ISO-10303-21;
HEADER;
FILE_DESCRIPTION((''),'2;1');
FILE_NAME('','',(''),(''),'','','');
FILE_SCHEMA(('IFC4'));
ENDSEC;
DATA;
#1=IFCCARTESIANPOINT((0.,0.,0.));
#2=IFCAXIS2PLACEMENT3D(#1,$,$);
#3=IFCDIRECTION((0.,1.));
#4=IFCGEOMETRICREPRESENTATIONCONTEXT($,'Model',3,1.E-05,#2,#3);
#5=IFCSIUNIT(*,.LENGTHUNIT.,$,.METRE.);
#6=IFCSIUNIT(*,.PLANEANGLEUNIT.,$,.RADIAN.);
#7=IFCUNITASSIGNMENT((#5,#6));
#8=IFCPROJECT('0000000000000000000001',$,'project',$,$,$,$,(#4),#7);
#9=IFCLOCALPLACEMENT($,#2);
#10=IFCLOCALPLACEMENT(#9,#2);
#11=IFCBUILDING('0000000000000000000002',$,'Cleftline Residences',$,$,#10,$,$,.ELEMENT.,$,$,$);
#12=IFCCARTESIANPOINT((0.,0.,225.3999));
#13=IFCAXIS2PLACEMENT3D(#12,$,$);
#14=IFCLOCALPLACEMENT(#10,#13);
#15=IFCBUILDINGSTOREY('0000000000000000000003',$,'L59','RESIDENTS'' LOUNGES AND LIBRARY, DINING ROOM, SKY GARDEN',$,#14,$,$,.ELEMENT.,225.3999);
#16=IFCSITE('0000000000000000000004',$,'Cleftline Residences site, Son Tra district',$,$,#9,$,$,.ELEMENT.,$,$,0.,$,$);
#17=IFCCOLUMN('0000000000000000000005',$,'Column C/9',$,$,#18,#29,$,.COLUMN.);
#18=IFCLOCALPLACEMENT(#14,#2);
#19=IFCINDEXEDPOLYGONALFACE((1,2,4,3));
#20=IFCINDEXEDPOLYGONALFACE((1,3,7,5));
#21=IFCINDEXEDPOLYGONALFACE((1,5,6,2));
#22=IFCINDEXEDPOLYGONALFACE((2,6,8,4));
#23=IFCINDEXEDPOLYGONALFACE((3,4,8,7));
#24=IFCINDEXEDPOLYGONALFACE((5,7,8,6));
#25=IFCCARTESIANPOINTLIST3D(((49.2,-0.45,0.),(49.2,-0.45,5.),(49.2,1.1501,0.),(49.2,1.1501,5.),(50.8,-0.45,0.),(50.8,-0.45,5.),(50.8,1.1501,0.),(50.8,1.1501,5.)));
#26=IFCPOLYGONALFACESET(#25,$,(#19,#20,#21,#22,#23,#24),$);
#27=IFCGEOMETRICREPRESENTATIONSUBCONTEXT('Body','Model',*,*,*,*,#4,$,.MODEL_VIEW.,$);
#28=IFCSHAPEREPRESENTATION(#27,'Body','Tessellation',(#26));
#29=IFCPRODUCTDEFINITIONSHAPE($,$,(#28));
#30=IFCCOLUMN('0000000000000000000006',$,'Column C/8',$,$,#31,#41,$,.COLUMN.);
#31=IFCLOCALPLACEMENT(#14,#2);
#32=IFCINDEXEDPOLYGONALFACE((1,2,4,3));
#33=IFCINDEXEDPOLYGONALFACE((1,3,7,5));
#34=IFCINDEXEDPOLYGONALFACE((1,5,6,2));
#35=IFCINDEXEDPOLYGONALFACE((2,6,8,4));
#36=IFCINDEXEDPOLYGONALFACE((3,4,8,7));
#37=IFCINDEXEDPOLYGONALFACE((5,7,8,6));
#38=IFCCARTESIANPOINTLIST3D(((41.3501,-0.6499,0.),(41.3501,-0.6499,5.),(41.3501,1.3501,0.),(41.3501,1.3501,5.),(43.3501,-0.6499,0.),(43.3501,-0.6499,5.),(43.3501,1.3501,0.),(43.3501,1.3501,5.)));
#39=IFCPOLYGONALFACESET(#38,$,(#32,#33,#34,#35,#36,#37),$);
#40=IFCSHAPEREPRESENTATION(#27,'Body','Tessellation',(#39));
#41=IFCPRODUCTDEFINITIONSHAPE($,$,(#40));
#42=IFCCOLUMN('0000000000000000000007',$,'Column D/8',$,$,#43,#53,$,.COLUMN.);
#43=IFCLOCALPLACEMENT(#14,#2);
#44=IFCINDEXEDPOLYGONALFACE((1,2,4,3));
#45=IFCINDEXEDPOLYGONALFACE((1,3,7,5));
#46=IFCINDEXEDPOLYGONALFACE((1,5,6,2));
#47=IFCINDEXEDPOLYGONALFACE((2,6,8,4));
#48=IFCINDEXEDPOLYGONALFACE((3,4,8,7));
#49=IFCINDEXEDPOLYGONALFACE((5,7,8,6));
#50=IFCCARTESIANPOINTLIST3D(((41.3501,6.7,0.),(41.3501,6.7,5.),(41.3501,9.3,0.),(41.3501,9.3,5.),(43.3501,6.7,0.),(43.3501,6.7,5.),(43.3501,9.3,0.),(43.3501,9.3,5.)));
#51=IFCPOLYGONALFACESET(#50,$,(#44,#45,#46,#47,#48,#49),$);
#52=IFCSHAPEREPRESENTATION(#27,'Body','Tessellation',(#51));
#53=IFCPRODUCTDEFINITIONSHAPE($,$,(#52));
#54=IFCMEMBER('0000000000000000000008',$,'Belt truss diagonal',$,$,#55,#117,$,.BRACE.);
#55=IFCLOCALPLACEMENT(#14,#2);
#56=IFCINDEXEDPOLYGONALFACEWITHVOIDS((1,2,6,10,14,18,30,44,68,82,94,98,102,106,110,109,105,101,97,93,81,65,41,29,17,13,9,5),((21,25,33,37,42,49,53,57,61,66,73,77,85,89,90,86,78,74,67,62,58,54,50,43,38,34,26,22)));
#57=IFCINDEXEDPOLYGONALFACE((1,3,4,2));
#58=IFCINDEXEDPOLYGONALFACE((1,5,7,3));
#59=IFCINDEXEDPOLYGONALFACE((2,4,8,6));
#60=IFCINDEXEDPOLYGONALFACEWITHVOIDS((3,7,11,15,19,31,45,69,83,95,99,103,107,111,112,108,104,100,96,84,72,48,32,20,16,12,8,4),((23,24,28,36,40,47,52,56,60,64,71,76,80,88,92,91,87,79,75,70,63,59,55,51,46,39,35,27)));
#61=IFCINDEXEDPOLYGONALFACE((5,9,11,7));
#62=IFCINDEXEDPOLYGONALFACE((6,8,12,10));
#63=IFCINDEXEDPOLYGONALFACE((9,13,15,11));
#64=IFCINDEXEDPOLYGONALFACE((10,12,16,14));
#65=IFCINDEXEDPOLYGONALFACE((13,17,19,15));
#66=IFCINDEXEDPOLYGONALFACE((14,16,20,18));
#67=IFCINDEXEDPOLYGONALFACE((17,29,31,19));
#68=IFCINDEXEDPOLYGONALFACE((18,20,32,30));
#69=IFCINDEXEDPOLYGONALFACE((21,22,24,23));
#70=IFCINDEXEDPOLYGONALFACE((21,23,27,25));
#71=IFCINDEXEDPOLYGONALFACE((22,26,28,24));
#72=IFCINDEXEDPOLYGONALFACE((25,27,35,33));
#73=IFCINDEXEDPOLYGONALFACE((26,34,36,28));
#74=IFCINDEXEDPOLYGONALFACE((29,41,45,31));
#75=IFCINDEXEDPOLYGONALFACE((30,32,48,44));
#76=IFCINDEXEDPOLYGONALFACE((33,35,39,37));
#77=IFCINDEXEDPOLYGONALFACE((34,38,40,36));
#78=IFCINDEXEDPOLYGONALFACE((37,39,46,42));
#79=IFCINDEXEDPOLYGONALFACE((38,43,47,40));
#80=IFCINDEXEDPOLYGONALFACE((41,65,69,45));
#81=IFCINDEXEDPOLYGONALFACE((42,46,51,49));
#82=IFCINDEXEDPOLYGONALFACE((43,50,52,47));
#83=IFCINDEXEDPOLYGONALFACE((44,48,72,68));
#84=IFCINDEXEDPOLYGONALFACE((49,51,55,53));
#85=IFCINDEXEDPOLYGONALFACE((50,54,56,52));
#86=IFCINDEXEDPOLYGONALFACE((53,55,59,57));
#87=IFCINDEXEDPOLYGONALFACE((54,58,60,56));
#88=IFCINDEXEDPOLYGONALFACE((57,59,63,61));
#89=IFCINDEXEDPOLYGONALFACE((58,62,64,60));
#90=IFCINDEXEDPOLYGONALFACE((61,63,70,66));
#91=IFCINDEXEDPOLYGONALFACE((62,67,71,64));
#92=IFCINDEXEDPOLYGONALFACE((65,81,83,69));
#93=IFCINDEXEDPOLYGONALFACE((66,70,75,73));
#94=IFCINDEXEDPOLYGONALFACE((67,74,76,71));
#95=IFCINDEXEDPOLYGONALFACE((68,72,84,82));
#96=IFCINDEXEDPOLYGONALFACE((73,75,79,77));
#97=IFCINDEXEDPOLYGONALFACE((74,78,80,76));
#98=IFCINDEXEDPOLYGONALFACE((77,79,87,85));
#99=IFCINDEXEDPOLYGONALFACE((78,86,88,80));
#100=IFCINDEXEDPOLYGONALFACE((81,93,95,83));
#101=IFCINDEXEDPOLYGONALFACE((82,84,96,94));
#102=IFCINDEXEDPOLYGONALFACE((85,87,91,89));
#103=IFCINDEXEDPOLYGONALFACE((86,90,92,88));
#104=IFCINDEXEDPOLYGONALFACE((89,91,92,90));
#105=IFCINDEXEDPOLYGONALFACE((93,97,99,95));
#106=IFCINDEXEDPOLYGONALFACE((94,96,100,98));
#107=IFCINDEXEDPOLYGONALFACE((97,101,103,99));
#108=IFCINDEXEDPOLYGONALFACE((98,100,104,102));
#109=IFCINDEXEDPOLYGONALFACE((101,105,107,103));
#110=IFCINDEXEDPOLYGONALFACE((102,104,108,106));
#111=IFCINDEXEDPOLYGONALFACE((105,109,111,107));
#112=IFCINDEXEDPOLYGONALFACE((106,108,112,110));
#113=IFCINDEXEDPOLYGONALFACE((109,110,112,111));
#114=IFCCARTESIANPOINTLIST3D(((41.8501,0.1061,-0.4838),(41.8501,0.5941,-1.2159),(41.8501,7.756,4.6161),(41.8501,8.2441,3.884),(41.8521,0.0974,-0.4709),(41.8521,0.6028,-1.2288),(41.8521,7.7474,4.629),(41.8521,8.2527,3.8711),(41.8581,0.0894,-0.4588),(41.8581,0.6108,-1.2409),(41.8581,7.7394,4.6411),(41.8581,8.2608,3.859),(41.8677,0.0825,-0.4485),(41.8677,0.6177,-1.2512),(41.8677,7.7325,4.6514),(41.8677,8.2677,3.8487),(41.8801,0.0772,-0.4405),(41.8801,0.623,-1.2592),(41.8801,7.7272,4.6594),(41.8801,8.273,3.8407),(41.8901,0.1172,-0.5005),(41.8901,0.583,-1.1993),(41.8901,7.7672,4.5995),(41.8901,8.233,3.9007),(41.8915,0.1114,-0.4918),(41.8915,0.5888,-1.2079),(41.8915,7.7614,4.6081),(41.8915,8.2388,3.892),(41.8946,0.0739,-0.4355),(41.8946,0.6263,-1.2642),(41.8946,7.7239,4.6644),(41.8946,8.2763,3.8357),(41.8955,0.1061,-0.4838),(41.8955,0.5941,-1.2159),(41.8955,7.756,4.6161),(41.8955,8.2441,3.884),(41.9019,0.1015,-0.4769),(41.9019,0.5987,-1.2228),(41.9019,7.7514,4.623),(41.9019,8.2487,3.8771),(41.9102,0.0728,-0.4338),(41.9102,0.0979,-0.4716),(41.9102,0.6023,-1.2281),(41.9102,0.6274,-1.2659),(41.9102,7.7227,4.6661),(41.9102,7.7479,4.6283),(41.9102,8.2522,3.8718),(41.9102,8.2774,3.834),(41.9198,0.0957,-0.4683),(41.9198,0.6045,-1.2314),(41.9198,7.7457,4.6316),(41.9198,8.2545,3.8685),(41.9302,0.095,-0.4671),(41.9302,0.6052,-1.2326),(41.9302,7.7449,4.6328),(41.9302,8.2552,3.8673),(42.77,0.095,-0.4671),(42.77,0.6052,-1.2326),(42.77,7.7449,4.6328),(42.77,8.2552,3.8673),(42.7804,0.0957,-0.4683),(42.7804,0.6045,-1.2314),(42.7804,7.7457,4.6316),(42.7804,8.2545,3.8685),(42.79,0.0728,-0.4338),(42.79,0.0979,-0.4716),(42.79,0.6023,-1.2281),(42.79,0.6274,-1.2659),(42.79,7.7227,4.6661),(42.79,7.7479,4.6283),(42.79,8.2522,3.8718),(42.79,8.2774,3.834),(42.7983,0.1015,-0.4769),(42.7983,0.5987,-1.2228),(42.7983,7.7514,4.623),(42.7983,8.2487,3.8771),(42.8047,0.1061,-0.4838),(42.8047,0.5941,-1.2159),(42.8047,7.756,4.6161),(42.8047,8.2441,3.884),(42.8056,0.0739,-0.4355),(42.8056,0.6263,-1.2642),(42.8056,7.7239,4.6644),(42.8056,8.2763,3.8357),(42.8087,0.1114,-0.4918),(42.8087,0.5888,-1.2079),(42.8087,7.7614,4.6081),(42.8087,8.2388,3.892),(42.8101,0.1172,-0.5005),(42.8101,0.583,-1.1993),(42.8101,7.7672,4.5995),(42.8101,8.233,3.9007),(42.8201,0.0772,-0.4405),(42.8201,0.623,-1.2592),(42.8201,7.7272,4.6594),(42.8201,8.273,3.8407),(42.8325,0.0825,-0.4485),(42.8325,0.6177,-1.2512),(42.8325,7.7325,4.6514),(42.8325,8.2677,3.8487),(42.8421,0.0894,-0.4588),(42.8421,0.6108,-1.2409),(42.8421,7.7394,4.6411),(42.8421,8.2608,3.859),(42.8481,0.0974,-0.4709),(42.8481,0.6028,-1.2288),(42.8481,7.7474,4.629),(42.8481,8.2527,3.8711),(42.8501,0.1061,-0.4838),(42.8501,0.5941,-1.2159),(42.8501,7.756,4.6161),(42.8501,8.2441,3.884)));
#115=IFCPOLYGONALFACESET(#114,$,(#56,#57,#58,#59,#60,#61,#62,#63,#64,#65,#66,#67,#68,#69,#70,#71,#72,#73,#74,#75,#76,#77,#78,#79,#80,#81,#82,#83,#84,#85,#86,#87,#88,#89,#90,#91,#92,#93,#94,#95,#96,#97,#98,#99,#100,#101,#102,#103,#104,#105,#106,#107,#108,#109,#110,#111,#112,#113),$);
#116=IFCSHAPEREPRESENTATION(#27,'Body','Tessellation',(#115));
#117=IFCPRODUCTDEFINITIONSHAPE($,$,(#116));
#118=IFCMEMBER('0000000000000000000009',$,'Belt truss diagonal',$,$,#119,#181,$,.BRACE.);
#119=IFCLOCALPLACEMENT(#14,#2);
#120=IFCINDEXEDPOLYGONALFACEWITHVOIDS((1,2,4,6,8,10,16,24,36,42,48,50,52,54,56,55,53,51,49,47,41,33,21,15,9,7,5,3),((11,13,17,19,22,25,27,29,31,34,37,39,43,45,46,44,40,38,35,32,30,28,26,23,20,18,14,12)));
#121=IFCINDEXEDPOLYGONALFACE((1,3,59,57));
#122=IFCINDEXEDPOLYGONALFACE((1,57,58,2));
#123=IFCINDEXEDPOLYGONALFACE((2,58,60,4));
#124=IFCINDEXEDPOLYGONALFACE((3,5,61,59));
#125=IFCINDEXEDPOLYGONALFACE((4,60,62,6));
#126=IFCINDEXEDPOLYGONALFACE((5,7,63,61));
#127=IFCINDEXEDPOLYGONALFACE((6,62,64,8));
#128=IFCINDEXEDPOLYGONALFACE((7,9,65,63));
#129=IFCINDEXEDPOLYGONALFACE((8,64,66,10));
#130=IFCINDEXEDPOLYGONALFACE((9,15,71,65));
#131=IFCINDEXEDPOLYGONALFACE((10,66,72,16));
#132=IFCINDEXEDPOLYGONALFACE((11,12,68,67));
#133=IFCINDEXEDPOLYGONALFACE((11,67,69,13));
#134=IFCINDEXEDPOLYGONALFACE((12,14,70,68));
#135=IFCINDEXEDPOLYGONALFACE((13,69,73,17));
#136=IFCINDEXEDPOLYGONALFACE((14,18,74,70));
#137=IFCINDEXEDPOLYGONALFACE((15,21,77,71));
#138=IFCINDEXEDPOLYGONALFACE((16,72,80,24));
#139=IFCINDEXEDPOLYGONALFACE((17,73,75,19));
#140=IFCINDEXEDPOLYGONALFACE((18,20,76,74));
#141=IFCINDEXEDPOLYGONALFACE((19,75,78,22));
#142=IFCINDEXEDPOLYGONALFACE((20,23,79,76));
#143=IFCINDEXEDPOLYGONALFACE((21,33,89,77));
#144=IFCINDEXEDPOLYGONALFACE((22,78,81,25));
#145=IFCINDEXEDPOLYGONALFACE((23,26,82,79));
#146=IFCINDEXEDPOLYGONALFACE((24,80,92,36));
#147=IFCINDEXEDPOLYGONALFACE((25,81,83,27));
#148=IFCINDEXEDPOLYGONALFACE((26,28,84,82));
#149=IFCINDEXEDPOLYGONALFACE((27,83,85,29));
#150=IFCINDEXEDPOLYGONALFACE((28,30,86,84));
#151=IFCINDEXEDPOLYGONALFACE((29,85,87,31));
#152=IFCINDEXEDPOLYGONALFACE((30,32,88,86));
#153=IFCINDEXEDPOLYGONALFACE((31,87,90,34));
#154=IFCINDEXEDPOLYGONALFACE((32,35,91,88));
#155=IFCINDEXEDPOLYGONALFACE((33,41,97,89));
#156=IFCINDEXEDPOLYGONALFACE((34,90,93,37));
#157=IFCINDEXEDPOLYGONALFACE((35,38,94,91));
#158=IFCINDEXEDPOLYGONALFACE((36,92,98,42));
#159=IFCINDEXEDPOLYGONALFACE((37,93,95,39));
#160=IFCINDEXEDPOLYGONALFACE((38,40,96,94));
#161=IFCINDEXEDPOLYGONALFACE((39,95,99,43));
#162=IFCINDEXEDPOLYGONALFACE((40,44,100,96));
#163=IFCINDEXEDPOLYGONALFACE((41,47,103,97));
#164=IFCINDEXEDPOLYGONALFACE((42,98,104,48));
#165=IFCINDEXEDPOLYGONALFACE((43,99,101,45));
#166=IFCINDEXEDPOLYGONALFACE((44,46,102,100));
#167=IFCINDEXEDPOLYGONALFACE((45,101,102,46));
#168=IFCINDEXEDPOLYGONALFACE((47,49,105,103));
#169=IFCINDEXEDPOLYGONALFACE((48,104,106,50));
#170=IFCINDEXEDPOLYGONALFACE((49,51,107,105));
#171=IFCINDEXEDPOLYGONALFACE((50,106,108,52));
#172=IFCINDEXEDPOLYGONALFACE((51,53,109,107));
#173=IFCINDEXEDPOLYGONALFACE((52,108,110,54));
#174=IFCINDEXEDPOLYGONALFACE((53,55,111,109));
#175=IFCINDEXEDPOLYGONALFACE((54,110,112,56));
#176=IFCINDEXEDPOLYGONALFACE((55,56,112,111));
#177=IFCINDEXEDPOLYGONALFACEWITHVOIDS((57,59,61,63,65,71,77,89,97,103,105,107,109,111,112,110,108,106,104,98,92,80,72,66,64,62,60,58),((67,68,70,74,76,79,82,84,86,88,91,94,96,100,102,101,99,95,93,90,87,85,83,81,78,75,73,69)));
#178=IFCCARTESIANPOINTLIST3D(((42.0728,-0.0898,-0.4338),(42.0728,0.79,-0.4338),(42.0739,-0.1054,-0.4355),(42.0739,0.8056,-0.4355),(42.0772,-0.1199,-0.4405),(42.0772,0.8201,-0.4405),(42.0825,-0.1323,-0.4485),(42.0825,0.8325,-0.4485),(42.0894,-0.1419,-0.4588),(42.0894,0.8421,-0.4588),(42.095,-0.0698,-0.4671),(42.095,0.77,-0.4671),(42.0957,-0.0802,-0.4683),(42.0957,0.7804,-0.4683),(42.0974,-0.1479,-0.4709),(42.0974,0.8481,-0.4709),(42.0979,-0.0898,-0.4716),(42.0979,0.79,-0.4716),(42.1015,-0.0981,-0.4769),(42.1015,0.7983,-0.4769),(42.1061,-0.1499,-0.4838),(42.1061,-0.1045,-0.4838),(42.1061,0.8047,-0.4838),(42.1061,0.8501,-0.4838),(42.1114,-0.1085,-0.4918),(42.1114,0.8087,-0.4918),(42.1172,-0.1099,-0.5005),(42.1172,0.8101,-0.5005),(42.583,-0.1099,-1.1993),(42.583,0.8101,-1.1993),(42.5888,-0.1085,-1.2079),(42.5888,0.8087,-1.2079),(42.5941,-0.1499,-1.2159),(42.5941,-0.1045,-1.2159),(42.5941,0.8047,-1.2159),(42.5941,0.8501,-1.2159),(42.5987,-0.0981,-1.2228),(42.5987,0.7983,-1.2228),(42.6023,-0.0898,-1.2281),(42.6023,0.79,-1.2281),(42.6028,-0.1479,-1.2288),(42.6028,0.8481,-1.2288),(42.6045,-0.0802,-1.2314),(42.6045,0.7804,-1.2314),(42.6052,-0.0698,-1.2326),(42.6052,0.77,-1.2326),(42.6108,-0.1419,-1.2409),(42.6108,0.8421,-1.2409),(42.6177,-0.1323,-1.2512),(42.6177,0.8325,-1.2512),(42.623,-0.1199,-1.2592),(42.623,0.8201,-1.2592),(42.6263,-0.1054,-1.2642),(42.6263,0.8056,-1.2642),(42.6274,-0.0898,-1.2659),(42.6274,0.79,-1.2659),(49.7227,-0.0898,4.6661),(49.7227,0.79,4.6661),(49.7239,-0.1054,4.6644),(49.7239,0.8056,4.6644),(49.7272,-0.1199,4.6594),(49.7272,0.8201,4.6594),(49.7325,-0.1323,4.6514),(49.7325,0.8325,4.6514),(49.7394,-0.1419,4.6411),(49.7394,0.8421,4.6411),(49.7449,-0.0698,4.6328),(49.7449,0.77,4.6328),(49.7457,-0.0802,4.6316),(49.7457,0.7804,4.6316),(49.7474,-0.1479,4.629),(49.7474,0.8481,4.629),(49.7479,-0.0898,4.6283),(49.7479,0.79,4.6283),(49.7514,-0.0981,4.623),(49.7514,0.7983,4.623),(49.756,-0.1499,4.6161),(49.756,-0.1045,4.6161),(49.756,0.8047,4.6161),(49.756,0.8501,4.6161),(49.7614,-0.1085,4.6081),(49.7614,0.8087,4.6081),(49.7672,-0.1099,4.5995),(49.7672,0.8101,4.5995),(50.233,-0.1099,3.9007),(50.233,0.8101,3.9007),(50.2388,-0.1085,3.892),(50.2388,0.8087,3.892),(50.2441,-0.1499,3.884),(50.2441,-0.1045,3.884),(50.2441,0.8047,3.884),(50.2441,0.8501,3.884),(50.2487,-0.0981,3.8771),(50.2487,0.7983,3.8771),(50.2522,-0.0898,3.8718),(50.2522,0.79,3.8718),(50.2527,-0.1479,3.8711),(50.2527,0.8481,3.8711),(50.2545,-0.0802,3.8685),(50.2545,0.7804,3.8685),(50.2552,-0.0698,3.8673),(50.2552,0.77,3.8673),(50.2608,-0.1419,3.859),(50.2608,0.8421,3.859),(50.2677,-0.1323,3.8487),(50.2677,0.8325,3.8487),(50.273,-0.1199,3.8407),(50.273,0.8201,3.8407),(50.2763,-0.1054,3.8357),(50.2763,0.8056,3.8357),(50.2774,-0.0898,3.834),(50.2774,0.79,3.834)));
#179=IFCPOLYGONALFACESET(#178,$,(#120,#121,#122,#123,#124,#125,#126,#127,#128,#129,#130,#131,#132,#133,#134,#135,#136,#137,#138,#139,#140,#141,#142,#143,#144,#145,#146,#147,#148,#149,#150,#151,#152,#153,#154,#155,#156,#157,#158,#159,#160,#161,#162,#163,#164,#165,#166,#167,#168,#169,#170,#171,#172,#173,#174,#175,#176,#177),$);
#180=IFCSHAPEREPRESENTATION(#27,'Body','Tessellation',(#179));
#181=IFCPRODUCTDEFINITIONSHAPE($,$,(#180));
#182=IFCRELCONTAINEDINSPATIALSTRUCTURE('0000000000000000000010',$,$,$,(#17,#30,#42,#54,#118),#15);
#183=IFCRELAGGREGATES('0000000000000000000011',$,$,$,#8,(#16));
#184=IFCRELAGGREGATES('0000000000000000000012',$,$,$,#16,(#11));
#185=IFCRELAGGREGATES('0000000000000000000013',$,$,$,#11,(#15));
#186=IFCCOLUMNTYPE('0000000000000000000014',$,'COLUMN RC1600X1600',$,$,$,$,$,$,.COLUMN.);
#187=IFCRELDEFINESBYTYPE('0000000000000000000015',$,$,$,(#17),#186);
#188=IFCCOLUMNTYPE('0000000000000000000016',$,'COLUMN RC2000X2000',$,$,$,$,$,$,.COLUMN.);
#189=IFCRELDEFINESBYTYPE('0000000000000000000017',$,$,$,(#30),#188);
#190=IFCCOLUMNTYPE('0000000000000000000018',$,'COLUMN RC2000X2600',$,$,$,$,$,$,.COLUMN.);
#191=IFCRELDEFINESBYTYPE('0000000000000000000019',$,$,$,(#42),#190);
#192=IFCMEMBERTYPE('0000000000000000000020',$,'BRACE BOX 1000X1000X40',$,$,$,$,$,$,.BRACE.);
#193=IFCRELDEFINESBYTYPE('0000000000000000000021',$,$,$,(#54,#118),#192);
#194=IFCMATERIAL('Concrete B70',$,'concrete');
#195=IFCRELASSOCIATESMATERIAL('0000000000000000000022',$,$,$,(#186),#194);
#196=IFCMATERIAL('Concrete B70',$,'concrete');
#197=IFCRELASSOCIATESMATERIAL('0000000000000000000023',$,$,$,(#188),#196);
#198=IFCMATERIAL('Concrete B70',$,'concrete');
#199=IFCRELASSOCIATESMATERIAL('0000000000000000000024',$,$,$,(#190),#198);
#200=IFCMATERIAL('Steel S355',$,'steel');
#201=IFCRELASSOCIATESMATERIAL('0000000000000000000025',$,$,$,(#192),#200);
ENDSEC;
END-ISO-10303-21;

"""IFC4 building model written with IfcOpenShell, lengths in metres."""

from ifc_helpers import new_model, si_unit, direction, frame, origin, origin_2d, place, context, subcontext, project, spatial, rectangle, hollow_rectangle, extrude, material, material_profile, profile_set, type_object, element, save


model = new_model("IFC4")

# Units and contexts
model_context = context("Model", 3, precision=1e-05, world=origin(), true_north=direction((0.0, 1.0)))
body_context = subcontext(model_context, "Body", "Model", "MODEL_VIEW")
ifc_project = project(units=[si_unit("LENGTHUNIT", "METRE"), si_unit("PLANEANGLEUNIT", "RADIAN")], contexts=[model_context])

# Site, building, storey
site_placement = place(None, origin())
site = spatial("IfcSite", under=ifc_project, at=site_placement, Name="Cleftline Residences site, Son Tra district", CompositionType="ELEMENT", RefElevation=0.0)
building_placement = place(site_placement, origin())
building = spatial("IfcBuilding", under=site, at=building_placement, Name="Cleftline Residences", CompositionType="ELEMENT")
storey_placement = place(building_placement, frame((0.0, 0.0, 225.3999)))
storey = spatial("IfcBuildingStorey", under=building, at=storey_placement, Name="L59", Description="RESIDENTS' LOUNGES AND LIBRARY, DINING ROOM, SKY GARDEN", CompositionType="ELEMENT", Elevation=225.3999)

# Columns
ifc_material_1 = material(Name="Concrete B70", Category="concrete")
ifc_material_profile_1 = material_profile(ifc_material_1, rectangle(XDim=1.6001, YDim=1.6001, at=origin_2d()))
ifc_profile_set_1 = profile_set([ifc_material_profile_1], Name="Concrete B70")
column_type_1 = type_object("IfcColumnType", Name="COLUMN RC1600X1600", PredefinedType="COLUMN", material=ifc_profile_set_1)
column_1_placement = place(storey_placement, frame((50.0, 0.3501, 0.0), z_axis=(0.0, 0.0, 1.0), x_axis=(1.0, 0.0, 0.0)))
element("IfcColumn", 1, at=column_1_placement, inside=storey, type_object=column_type_1, Name="Column C/9", PredefinedType="COLUMN", context=body_context, shape_type="SweptSolid", body=[
    extrude(rectangle(XDim=1.6001, YDim=1.6001, at=origin_2d()), origin(), (0.0, 0.0, 1.0), 5.0),
])
ifc_material_2 = material(Name="Concrete B70", Category="concrete")
ifc_material_profile_2 = material_profile(ifc_material_2, rectangle(XDim=2.0, YDim=2.0, at=origin_2d()))
ifc_profile_set_2 = profile_set([ifc_material_profile_2], Name="Concrete B70")
column_type_2 = type_object("IfcColumnType", Name="COLUMN RC2000X2000", PredefinedType="COLUMN", material=ifc_profile_set_2)
column_2_placement = place(storey_placement, frame((42.3501, 0.3501, 0.0), z_axis=(0.0, 0.0, 1.0), x_axis=(1.0, 0.0, 0.0)))
element("IfcColumn", 2, at=column_2_placement, inside=storey, type_object=column_type_2, Name="Column C/8", PredefinedType="COLUMN", context=body_context, shape_type="SweptSolid", body=[
    extrude(rectangle(XDim=2.0, YDim=2.0, at=origin_2d()), origin(), (0.0, 0.0, 1.0), 5.0),
])
ifc_material_3 = material(Name="Concrete B70", Category="concrete")
ifc_material_profile_3 = material_profile(ifc_material_3, rectangle(XDim=2.0, YDim=2.6001, at=origin_2d()))
ifc_profile_set_3 = profile_set([ifc_material_profile_3], Name="Concrete B70")
column_type_3 = type_object("IfcColumnType", Name="COLUMN RC2000X2600", PredefinedType="COLUMN", material=ifc_profile_set_3)
column_3_placement = place(storey_placement, frame((42.3501, 8.0, 0.0), z_axis=(0.0, 0.0, 1.0), x_axis=(1.0, 0.0, 0.0)))
element("IfcColumn", 3, at=column_3_placement, inside=storey, type_object=column_type_3, Name="Column D/8", PredefinedType="COLUMN", context=body_context, shape_type="SweptSolid", body=[
    extrude(rectangle(XDim=2.0, YDim=2.6001, at=origin_2d()), origin(), (0.0, 0.0, 1.0), 5.0),
])

# Members
ifc_material_4 = material(Name="Steel S355", Category="steel")
ifc_material_profile_4 = material_profile(ifc_material_4, hollow_rectangle(XDim=1.0, YDim=1.0, WallThickness=0.04, InnerFilletRadius=0.04, OuterFilletRadius=0.0601, at=origin_2d()))
ifc_profile_set_4 = profile_set([ifc_material_profile_4], Name="Steel S355")
member_type_1 = type_object("IfcMemberType", Name="BRACE BOX 1000X1000X40", PredefinedType="BRACE", material=ifc_profile_set_4)
for number, where, z_axis, x_axis, name in (
    (4, (42.3501, 0.3501, -0.8499), (0.0, 0.832054, 0.554694), (0.0, -0.554694, 0.832054), "Belt truss diagonal"),
    (5, (42.3501, 0.3501, -0.8499), (0.832054, 0.0, 0.554694), (-0.554694, 0.0, 0.832054), "Belt truss diagonal"),
):
    element("IfcMember", number, at=place(storey_placement, frame(where, z_axis=z_axis, x_axis=x_axis)), inside=storey, type_object=member_type_1, Name=name, PredefinedType="BRACE", context=body_context, shape_type="SweptSolid", body=[
        extrude(hollow_rectangle(XDim=1.0, YDim=1.0, WallThickness=0.04, InnerFilletRadius=0.04, OuterFilletRadius=0.0601, at=origin_2d()), origin(), (0.0, 0.0, 1.0), 9.1941),
    ])

save(model, "model.ifc")
